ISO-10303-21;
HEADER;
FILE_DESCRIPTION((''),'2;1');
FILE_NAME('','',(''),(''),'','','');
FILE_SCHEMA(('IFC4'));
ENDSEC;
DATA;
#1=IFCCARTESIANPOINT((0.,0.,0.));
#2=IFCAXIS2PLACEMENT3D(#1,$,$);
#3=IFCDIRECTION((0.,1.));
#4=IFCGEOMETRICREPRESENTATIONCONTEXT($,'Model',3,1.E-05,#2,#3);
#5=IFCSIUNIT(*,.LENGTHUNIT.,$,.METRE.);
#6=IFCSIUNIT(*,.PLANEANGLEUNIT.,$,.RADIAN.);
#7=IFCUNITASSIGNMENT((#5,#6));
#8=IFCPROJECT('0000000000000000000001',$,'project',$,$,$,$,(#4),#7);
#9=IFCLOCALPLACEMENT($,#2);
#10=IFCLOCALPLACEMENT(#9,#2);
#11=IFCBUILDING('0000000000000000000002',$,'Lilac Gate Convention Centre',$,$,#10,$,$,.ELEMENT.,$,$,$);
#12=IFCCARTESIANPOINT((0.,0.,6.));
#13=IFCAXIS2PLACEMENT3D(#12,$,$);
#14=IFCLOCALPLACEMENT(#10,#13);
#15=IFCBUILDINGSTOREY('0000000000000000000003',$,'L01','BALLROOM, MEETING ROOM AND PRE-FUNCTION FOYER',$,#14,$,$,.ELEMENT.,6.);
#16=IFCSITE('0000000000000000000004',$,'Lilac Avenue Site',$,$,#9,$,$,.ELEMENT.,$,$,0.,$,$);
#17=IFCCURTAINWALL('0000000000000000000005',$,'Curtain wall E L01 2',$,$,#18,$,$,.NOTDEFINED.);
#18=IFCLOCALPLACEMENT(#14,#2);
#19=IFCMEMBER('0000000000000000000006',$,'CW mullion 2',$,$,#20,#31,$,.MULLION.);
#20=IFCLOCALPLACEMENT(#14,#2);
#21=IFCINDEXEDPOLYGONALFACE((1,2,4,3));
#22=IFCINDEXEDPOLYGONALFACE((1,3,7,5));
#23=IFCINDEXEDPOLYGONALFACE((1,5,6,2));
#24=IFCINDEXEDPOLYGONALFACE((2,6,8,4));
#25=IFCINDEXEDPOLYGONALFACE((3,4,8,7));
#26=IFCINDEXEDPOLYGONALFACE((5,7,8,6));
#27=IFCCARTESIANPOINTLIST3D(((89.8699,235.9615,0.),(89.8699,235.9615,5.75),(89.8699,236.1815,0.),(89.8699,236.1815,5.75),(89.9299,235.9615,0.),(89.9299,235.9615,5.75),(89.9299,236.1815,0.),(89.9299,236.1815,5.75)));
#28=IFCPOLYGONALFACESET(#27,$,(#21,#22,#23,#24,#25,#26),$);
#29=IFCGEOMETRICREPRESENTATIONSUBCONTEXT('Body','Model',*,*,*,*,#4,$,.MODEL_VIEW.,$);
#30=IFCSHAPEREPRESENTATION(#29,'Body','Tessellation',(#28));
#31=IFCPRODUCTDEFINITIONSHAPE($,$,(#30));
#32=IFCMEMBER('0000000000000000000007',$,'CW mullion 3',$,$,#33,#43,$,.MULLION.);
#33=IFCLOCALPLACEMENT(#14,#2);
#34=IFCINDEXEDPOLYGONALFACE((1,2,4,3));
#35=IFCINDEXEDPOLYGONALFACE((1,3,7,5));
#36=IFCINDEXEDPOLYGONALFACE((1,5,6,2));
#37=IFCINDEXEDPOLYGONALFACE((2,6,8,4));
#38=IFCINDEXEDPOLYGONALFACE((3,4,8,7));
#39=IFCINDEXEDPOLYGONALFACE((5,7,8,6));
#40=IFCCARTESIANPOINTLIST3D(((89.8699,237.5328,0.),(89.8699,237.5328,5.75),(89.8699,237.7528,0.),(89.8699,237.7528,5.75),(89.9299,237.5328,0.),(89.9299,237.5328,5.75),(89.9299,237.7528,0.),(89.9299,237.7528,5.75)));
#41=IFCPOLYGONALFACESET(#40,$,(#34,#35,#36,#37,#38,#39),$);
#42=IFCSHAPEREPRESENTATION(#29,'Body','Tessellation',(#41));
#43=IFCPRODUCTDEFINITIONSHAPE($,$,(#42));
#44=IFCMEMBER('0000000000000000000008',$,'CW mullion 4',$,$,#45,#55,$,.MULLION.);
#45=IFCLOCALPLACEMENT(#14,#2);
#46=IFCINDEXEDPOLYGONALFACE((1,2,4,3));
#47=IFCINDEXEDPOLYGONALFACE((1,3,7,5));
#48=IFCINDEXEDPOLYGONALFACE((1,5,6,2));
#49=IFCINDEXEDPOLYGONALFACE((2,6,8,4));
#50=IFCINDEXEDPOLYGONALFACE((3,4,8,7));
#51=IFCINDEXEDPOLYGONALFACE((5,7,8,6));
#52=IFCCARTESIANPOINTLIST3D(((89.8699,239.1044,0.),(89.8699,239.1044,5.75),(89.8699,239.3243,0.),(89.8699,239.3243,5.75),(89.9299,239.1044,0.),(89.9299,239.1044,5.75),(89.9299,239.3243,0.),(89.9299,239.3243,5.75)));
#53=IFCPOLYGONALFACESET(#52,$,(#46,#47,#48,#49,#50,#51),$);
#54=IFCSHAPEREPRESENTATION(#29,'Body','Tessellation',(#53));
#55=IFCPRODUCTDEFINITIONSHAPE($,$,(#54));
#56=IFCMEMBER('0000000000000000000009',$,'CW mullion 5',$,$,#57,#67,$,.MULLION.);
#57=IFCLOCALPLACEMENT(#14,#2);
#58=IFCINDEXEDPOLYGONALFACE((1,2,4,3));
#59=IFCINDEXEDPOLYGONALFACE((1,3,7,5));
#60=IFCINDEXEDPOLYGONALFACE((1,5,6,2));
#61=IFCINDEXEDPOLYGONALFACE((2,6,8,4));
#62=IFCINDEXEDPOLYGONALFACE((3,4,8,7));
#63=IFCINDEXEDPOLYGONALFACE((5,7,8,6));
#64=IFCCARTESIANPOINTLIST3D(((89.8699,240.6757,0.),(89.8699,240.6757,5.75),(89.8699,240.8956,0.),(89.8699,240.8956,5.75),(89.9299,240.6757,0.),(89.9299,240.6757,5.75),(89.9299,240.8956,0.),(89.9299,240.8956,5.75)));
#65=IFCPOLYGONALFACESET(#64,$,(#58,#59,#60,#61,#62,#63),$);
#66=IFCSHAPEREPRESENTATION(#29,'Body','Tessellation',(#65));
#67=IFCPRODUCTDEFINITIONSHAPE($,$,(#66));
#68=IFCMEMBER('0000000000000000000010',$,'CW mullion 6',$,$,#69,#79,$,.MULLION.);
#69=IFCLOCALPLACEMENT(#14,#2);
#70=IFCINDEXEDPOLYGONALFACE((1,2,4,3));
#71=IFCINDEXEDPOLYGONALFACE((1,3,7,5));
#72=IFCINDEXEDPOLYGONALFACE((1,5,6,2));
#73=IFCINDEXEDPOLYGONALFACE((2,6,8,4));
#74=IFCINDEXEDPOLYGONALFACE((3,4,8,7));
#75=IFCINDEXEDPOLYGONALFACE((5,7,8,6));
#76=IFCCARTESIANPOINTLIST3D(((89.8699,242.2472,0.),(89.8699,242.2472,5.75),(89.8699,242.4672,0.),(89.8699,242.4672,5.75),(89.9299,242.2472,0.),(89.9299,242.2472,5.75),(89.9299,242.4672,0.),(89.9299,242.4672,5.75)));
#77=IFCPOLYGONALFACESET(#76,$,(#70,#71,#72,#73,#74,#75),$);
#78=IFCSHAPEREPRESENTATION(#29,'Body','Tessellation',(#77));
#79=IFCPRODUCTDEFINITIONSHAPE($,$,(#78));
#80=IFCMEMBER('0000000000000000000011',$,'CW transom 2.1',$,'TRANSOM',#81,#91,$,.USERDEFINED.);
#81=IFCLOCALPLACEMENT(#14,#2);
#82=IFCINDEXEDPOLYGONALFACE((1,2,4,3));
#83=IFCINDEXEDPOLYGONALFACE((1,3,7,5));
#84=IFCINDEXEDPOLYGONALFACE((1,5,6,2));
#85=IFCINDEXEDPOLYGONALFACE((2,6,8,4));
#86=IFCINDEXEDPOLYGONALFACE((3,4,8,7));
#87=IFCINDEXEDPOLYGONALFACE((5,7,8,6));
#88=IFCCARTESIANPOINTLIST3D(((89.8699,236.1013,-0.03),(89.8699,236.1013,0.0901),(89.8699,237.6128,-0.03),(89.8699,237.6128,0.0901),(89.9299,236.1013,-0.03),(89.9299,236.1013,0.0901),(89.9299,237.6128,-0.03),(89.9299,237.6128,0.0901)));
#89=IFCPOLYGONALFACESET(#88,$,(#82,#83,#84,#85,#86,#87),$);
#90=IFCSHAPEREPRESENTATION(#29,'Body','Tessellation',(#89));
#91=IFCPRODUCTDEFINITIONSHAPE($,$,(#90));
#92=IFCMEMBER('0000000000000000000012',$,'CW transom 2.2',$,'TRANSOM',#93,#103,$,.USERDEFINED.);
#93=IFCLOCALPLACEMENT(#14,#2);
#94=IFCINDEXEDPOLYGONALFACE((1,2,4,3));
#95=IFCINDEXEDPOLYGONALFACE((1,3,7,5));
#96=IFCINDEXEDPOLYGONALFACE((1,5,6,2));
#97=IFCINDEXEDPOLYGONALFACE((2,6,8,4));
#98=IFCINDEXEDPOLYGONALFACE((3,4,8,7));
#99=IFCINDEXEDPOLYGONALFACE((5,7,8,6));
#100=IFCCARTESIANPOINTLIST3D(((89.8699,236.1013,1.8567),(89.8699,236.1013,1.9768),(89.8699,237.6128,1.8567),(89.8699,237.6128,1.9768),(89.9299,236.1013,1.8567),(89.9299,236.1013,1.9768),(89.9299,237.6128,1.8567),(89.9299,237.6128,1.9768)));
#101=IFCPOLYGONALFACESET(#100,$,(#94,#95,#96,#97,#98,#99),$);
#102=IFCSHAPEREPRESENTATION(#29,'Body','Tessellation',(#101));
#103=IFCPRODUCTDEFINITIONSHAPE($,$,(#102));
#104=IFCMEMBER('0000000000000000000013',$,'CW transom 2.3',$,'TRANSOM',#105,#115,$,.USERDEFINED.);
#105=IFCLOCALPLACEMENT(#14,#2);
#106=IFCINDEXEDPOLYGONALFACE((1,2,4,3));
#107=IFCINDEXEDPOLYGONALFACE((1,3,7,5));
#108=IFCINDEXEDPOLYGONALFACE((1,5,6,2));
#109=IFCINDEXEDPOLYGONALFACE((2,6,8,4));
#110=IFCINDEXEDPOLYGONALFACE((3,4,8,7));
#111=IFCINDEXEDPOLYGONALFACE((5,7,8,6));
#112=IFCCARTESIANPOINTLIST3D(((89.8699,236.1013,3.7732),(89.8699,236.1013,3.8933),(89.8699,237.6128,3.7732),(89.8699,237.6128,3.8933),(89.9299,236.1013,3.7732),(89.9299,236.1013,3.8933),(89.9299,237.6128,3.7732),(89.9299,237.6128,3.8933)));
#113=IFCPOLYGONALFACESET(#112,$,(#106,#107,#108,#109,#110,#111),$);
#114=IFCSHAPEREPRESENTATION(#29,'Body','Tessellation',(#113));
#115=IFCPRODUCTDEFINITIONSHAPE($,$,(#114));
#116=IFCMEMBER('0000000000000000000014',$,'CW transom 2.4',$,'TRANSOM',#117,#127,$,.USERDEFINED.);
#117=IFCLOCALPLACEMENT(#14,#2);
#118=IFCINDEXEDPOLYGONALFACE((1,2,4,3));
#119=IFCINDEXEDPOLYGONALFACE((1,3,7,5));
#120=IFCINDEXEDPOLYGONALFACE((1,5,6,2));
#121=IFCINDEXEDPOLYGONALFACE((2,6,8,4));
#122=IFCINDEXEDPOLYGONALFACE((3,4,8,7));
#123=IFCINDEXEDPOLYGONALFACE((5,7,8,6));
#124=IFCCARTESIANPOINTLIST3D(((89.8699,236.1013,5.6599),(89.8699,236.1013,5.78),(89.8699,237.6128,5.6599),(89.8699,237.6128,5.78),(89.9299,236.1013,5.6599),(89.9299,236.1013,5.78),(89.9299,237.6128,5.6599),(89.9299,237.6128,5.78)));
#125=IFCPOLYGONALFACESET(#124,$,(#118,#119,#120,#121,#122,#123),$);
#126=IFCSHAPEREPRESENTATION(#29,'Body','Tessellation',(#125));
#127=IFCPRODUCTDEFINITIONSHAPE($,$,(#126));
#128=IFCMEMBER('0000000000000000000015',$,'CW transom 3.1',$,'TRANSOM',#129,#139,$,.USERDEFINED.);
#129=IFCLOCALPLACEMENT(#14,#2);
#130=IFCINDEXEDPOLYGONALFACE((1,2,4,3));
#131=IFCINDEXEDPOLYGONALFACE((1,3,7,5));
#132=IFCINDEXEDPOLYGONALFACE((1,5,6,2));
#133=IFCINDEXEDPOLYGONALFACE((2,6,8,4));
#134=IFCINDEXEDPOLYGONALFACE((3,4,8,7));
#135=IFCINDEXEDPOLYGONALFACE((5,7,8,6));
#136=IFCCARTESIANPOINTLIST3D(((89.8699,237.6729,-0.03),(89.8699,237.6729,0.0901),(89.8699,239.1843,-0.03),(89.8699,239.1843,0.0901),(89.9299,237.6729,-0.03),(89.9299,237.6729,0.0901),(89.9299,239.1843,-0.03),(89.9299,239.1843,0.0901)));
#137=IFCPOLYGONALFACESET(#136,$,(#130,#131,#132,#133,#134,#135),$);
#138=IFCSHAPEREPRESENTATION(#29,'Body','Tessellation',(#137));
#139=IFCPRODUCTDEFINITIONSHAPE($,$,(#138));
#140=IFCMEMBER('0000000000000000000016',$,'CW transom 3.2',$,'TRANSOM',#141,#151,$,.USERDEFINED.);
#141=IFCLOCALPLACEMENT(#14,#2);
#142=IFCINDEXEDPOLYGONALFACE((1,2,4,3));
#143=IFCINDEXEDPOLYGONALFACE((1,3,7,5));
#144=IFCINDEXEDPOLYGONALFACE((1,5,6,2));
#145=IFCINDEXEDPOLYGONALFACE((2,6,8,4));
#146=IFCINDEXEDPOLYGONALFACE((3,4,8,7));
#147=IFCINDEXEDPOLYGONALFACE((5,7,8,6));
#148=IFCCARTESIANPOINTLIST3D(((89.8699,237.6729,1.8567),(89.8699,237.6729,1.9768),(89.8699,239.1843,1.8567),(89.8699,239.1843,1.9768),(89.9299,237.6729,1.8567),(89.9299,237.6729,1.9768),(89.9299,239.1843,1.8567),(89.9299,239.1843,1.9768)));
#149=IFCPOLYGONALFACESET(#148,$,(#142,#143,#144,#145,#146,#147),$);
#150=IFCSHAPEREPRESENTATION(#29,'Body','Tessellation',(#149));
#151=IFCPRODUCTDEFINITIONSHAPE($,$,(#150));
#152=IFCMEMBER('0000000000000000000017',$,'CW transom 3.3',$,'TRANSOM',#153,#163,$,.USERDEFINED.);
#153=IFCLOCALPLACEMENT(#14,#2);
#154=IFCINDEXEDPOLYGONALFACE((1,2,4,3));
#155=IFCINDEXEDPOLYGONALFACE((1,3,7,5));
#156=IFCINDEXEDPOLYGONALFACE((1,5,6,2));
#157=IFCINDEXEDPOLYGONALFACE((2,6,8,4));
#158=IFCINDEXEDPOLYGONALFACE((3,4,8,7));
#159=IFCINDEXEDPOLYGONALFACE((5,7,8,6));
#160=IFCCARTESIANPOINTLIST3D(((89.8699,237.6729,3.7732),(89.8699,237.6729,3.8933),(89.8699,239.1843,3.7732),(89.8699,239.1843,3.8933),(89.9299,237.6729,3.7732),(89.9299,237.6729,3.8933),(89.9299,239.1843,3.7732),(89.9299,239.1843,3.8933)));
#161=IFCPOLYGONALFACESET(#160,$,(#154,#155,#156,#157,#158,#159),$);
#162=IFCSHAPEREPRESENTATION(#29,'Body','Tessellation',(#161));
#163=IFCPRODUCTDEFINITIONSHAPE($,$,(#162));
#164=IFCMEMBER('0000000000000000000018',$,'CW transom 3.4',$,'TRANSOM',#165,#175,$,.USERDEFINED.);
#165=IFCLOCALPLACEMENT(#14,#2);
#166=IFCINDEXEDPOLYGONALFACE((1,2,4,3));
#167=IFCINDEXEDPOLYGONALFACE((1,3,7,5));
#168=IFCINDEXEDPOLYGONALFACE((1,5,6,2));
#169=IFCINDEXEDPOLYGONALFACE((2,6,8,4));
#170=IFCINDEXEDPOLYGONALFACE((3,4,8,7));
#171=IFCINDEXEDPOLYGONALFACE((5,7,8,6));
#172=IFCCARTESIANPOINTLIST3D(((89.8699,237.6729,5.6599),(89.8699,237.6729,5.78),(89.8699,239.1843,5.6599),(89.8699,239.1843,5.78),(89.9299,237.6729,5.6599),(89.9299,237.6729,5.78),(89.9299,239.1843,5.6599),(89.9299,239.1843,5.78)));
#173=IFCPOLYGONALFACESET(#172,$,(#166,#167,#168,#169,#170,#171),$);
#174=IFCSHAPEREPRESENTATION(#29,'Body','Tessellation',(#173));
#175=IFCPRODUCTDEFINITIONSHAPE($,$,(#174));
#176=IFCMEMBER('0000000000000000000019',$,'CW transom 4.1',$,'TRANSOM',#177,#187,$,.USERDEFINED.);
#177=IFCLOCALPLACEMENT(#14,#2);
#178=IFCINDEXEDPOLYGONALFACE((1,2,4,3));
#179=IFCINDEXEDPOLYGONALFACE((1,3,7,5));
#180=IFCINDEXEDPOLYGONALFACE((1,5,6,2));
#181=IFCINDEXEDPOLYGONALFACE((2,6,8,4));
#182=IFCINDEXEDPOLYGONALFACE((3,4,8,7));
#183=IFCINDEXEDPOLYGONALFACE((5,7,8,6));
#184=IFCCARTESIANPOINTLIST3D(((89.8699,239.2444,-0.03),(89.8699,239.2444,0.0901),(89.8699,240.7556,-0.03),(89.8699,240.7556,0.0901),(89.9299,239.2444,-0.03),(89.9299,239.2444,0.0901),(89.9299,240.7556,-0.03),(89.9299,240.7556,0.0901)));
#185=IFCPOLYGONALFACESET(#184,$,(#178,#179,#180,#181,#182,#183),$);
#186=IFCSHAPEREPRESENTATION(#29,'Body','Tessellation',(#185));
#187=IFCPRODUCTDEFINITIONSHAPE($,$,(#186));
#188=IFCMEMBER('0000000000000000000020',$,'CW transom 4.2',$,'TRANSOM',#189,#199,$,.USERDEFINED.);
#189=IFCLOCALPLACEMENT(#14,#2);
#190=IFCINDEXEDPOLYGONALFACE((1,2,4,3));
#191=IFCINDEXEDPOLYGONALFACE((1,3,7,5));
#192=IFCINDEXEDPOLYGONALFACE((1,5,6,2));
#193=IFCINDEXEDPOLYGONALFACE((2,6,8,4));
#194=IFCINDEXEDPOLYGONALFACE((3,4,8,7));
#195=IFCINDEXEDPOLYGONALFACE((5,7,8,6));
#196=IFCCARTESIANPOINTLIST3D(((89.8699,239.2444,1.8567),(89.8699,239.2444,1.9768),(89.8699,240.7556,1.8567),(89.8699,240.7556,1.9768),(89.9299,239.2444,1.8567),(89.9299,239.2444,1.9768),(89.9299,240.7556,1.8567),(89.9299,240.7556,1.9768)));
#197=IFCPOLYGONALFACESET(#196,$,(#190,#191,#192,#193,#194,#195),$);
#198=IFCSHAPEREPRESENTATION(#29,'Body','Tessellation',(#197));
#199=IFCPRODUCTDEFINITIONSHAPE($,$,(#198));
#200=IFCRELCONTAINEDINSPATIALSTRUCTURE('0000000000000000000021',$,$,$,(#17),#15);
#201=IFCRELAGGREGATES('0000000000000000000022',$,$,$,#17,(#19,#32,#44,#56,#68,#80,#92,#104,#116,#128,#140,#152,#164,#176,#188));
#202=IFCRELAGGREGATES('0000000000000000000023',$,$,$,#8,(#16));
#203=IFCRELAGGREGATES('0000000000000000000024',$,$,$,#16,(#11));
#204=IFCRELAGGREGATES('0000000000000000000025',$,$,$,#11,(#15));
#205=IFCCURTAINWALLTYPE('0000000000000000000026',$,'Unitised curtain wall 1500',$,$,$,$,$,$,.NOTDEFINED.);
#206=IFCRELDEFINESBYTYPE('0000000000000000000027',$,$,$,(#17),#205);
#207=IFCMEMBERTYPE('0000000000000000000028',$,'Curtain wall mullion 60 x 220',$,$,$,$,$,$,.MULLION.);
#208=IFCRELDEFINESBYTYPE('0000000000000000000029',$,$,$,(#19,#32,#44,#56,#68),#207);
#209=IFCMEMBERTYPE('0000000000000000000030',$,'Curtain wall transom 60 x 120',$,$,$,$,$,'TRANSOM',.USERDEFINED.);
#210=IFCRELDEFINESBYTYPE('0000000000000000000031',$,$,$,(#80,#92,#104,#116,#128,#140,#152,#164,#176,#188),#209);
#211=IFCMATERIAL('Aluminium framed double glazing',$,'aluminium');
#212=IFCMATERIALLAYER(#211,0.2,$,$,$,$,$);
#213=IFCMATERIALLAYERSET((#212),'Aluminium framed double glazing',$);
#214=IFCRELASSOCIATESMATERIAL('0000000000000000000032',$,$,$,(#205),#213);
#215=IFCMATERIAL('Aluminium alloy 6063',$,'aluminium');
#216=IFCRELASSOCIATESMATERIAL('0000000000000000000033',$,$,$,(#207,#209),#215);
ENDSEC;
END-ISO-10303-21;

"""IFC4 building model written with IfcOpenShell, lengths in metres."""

from ifc_helpers import new_model, si_unit, direction, frame, origin, origin_2d, place, context, subcontext, project, spatial, rectangle, extrude, material, layer, layer_set, material_profile, profile_set, type_object, element, aggregate, save


model = new_model("IFC4")

# Units and contexts
model_context = context("Model", 3, precision=1e-05, world=origin(), true_north=direction((0.0, 1.0)))
body_context = subcontext(model_context, "Body", "Model", "MODEL_VIEW")
ifc_project = project(units=[si_unit("LENGTHUNIT", "METRE"), si_unit("PLANEANGLEUNIT", "RADIAN")], contexts=[model_context])

# Site, building, storey
site_placement = place(None, origin())
site = spatial("IfcSite", under=ifc_project, at=site_placement, Name="Lilac Avenue Site", CompositionType="ELEMENT", RefElevation=0.0)
building_placement = place(site_placement, origin())
building = spatial("IfcBuilding", under=site, at=building_placement, Name="Lilac Gate Convention Centre", CompositionType="ELEMENT")
storey_placement = place(building_placement, frame((0.0, 0.0, 6.0)))
storey = spatial("IfcBuildingStorey", under=building, at=storey_placement, Name="L01", Description="BALLROOM, MEETING ROOM AND PRE-FUNCTION FOYER", CompositionType="ELEMENT", Elevation=6.0)

# Curtain wall, members
ifc_material_1 = material(Name="Aluminium framed double glazing", Category="aluminium")
ifc_layer_1 = layer(ifc_material_1, 0.2)
ifc_layer_set_1 = layer_set([ifc_layer_1], Name="Aluminium framed double glazing")
curtain_wall_type = type_object("IfcCurtainWallType", Name="Unitised curtain wall 1500", PredefinedType="NOTDEFINED", material=ifc_layer_set_1)
curtain_wall_placement = place(storey_placement, origin())
curtain_wall = element("IfcCurtainWall", 1, at=curtain_wall_placement, inside=storey, type_object=curtain_wall_type, Name="Curtain wall E L01 2", PredefinedType="NOTDEFINED")
ifc_material_2 = material(Name="Aluminium alloy 6063", Category="aluminium")
ifc_material_profile_1 = material_profile(ifc_material_2, rectangle(XDim=0.0601, YDim=0.22, at=origin_2d()), Name="Curtain wall mullion 60 x 220")
ifc_profile_set_1 = profile_set([ifc_material_profile_1], Name="Aluminium alloy 6063")
member_type_1 = type_object("IfcMemberType", Name="Curtain wall mullion 60 x 220", PredefinedType="MULLION", material=ifc_profile_set_1)
member_1_placement = place(storey_placement, frame((89.8999, 236.0715, 0.0), z_axis=(0.0, 0.0, 1.0), x_axis=(-1.0, 0.0, 0.0)))
member_1 = element("IfcMember", 2, at=member_1_placement, type_object=member_type_1, Name="CW mullion 2", PredefinedType="MULLION", context=body_context, shape_type="SweptSolid", body=[
    extrude(rectangle(XDim=0.0601, YDim=0.22, at=origin_2d()), origin(), (0.0, 0.0, 1.0), 5.75),
])
member_2_placement = place(storey_placement, frame((89.8999, 237.6428, 0.0), z_axis=(0.0, 0.0, 1.0), x_axis=(-1.0, 0.0, 0.0)))
member_2 = element("IfcMember", 3, at=member_2_placement, type_object=member_type_1, Name="CW mullion 3", PredefinedType="MULLION", context=body_context, shape_type="SweptSolid", body=[
    extrude(rectangle(XDim=0.0601, YDim=0.22, at=origin_2d()), origin(), (0.0, 0.0, 1.0), 5.75),
])
member_3_placement = place(storey_placement, frame((89.8999, 239.2144, 0.0), z_axis=(0.0, 0.0, 1.0), x_axis=(-1.0, 0.0, 0.0)))
member_3 = element("IfcMember", 4, at=member_3_placement, type_object=member_type_1, Name="CW mullion 4", PredefinedType="MULLION", context=body_context, shape_type="SweptSolid", body=[
    extrude(rectangle(XDim=0.0601, YDim=0.22, at=origin_2d()), origin(), (0.0, 0.0, 1.0), 5.75),
])
member_4_placement = place(storey_placement, frame((89.8999, 240.7856, 0.0), z_axis=(0.0, 0.0, 1.0), x_axis=(-1.0, 0.0, 0.0)))
member_4 = element("IfcMember", 5, at=member_4_placement, type_object=member_type_1, Name="CW mullion 5", PredefinedType="MULLION", context=body_context, shape_type="SweptSolid", body=[
    extrude(rectangle(XDim=0.0601, YDim=0.22, at=origin_2d()), origin(), (0.0, 0.0, 1.0), 5.75),
])
member_5_placement = place(storey_placement, frame((89.8999, 242.3572, 0.0), z_axis=(0.0, 0.0, 1.0), x_axis=(-1.0, 0.0, 0.0)))
member_5 = element("IfcMember", 6, at=member_5_placement, type_object=member_type_1, Name="CW mullion 6", PredefinedType="MULLION", context=body_context, shape_type="SweptSolid", body=[
    extrude(rectangle(XDim=0.0601, YDim=0.22, at=origin_2d()), origin(), (0.0, 0.0, 1.0), 5.75),
])
ifc_material_profile_2 = material_profile(ifc_material_2, rectangle(XDim=0.0601, YDim=0.1201, at=origin_2d()), Name="Curtain wall transom 60 x 120")
ifc_profile_set_2 = profile_set([ifc_material_profile_2], Name="Aluminium alloy 6063")
member_type_2 = type_object("IfcMemberType", Name="Curtain wall transom 60 x 120", ElementType="TRANSOM", PredefinedType="USERDEFINED", material=ifc_profile_set_2)
member_6_placement = place(storey_placement, frame((89.8999, 236.1013, 0.03), z_axis=(0.0, 1.0, 0.0), x_axis=(-1.0, 0.0, 0.0)))
member_6 = element("IfcMember", 7, at=member_6_placement, type_object=member_type_2, Name="CW transom 2.1", ObjectType="TRANSOM", PredefinedType="USERDEFINED", context=body_context, shape_type="SweptSolid", body=[
    extrude(rectangle(XDim=0.0601, YDim=0.1201, at=origin_2d()), origin(), (0.0, 0.0, 1.0), 1.5115),
])
member_7_placement = place(storey_placement, frame((89.8999, 236.1013, 1.9167), z_axis=(0.0, 1.0, 0.0), x_axis=(-1.0, 0.0, 0.0)))
member_7 = element("IfcMember", 8, at=member_7_placement, type_object=member_type_2, Name="CW transom 2.2", ObjectType="TRANSOM", PredefinedType="USERDEFINED", context=body_context, shape_type="SweptSolid", body=[
    extrude(rectangle(XDim=0.0601, YDim=0.1201, at=origin_2d()), origin(), (0.0, 0.0, 1.0), 1.5115),
])
member_8_placement = place(storey_placement, frame((89.8999, 236.1013, 3.8333), z_axis=(0.0, 1.0, 0.0), x_axis=(-1.0, 0.0, 0.0)))
member_8 = element("IfcMember", 9, at=member_8_placement, type_object=member_type_2, Name="CW transom 2.3", ObjectType="TRANSOM", PredefinedType="USERDEFINED", context=body_context, shape_type="SweptSolid", body=[
    extrude(rectangle(XDim=0.0601, YDim=0.1201, at=origin_2d()), origin(), (0.0, 0.0, 1.0), 1.5115),
])
member_9_placement = place(storey_placement, frame((89.8999, 236.1013, 5.72), z_axis=(0.0, 1.0, 0.0), x_axis=(-1.0, 0.0, 0.0)))
member_9 = element("IfcMember", 10, at=member_9_placement, type_object=member_type_2, Name="CW transom 2.4", ObjectType="TRANSOM", PredefinedType="USERDEFINED", context=body_context, shape_type="SweptSolid", body=[
    extrude(rectangle(XDim=0.0601, YDim=0.1201, at=origin_2d()), origin(), (0.0, 0.0, 1.0), 1.5115),
])
member_10_placement = place(storey_placement, frame((89.8999, 237.6729, 0.03), z_axis=(0.0, 1.0, 0.0), x_axis=(-1.0, 0.0, 0.0)))
member_10 = element("IfcMember", 11, at=member_10_placement, type_object=member_type_2, Name="CW transom 3.1", ObjectType="TRANSOM", PredefinedType="USERDEFINED", context=body_context, shape_type="SweptSolid", body=[
    extrude(rectangle(XDim=0.0601, YDim=0.1201, at=origin_2d()), origin(), (0.0, 0.0, 1.0), 1.5115),
])
member_11_placement = place(storey_placement, frame((89.8999, 237.6729, 1.9167), z_axis=(0.0, 1.0, 0.0), x_axis=(-1.0, 0.0, 0.0)))
member_11 = element("IfcMember", 12, at=member_11_placement, type_object=member_type_2, Name="CW transom 3.2", ObjectType="TRANSOM", PredefinedType="USERDEFINED", context=body_context, shape_type="SweptSolid", body=[
    extrude(rectangle(XDim=0.0601, YDim=0.1201, at=origin_2d()), origin(), (0.0, 0.0, 1.0), 1.5115),
])
member_12_placement = place(storey_placement, frame((89.8999, 237.6729, 3.8333), z_axis=(0.0, 1.0, 0.0), x_axis=(-1.0, 0.0, 0.0)))
member_12 = element("IfcMember", 13, at=member_12_placement, type_object=member_type_2, Name="CW transom 3.3", ObjectType="TRANSOM", PredefinedType="USERDEFINED", context=body_context, shape_type="SweptSolid", body=[
    extrude(rectangle(XDim=0.0601, YDim=0.1201, at=origin_2d()), origin(), (0.0, 0.0, 1.0), 1.5115),
])
member_13_placement = place(storey_placement, frame((89.8999, 237.6729, 5.72), z_axis=(0.0, 1.0, 0.0), x_axis=(-1.0, 0.0, 0.0)))
member_13 = element("IfcMember", 14, at=member_13_placement, type_object=member_type_2, Name="CW transom 3.4", ObjectType="TRANSOM", PredefinedType="USERDEFINED", context=body_context, shape_type="SweptSolid", body=[
    extrude(rectangle(XDim=0.0601, YDim=0.1201, at=origin_2d()), origin(), (0.0, 0.0, 1.0), 1.5115),
])
member_14_placement = place(storey_placement, frame((89.8999, 239.2444, 0.03), z_axis=(0.0, 1.0, 0.0), x_axis=(-1.0, 0.0, 0.0)))
member_14 = element("IfcMember", 15, at=member_14_placement, type_object=member_type_2, Name="CW transom 4.1", ObjectType="TRANSOM", PredefinedType="USERDEFINED", context=body_context, shape_type="SweptSolid", body=[
    extrude(rectangle(XDim=0.0601, YDim=0.1201, at=origin_2d()), origin(), (0.0, 0.0, 1.0), 1.5112),
])
member_15_placement = place(storey_placement, frame((89.8999, 239.2444, 1.9167), z_axis=(0.0, 1.0, 0.0), x_axis=(-1.0, 0.0, 0.0)))
member_15 = element("IfcMember", 16, at=member_15_placement, type_object=member_type_2, Name="CW transom 4.2", ObjectType="TRANSOM", PredefinedType="USERDEFINED", context=body_context, shape_type="SweptSolid", body=[
    extrude(rectangle(XDim=0.0601, YDim=0.1201, at=origin_2d()), origin(), (0.0, 0.0, 1.0), 1.5112),
])
aggregate(curtain_wall, [member_1, member_2, member_3, member_4, member_5, member_6, member_7, member_8, member_9, member_10, member_11, member_12, member_13, member_14, member_15])

save(model, "model.ifc")
